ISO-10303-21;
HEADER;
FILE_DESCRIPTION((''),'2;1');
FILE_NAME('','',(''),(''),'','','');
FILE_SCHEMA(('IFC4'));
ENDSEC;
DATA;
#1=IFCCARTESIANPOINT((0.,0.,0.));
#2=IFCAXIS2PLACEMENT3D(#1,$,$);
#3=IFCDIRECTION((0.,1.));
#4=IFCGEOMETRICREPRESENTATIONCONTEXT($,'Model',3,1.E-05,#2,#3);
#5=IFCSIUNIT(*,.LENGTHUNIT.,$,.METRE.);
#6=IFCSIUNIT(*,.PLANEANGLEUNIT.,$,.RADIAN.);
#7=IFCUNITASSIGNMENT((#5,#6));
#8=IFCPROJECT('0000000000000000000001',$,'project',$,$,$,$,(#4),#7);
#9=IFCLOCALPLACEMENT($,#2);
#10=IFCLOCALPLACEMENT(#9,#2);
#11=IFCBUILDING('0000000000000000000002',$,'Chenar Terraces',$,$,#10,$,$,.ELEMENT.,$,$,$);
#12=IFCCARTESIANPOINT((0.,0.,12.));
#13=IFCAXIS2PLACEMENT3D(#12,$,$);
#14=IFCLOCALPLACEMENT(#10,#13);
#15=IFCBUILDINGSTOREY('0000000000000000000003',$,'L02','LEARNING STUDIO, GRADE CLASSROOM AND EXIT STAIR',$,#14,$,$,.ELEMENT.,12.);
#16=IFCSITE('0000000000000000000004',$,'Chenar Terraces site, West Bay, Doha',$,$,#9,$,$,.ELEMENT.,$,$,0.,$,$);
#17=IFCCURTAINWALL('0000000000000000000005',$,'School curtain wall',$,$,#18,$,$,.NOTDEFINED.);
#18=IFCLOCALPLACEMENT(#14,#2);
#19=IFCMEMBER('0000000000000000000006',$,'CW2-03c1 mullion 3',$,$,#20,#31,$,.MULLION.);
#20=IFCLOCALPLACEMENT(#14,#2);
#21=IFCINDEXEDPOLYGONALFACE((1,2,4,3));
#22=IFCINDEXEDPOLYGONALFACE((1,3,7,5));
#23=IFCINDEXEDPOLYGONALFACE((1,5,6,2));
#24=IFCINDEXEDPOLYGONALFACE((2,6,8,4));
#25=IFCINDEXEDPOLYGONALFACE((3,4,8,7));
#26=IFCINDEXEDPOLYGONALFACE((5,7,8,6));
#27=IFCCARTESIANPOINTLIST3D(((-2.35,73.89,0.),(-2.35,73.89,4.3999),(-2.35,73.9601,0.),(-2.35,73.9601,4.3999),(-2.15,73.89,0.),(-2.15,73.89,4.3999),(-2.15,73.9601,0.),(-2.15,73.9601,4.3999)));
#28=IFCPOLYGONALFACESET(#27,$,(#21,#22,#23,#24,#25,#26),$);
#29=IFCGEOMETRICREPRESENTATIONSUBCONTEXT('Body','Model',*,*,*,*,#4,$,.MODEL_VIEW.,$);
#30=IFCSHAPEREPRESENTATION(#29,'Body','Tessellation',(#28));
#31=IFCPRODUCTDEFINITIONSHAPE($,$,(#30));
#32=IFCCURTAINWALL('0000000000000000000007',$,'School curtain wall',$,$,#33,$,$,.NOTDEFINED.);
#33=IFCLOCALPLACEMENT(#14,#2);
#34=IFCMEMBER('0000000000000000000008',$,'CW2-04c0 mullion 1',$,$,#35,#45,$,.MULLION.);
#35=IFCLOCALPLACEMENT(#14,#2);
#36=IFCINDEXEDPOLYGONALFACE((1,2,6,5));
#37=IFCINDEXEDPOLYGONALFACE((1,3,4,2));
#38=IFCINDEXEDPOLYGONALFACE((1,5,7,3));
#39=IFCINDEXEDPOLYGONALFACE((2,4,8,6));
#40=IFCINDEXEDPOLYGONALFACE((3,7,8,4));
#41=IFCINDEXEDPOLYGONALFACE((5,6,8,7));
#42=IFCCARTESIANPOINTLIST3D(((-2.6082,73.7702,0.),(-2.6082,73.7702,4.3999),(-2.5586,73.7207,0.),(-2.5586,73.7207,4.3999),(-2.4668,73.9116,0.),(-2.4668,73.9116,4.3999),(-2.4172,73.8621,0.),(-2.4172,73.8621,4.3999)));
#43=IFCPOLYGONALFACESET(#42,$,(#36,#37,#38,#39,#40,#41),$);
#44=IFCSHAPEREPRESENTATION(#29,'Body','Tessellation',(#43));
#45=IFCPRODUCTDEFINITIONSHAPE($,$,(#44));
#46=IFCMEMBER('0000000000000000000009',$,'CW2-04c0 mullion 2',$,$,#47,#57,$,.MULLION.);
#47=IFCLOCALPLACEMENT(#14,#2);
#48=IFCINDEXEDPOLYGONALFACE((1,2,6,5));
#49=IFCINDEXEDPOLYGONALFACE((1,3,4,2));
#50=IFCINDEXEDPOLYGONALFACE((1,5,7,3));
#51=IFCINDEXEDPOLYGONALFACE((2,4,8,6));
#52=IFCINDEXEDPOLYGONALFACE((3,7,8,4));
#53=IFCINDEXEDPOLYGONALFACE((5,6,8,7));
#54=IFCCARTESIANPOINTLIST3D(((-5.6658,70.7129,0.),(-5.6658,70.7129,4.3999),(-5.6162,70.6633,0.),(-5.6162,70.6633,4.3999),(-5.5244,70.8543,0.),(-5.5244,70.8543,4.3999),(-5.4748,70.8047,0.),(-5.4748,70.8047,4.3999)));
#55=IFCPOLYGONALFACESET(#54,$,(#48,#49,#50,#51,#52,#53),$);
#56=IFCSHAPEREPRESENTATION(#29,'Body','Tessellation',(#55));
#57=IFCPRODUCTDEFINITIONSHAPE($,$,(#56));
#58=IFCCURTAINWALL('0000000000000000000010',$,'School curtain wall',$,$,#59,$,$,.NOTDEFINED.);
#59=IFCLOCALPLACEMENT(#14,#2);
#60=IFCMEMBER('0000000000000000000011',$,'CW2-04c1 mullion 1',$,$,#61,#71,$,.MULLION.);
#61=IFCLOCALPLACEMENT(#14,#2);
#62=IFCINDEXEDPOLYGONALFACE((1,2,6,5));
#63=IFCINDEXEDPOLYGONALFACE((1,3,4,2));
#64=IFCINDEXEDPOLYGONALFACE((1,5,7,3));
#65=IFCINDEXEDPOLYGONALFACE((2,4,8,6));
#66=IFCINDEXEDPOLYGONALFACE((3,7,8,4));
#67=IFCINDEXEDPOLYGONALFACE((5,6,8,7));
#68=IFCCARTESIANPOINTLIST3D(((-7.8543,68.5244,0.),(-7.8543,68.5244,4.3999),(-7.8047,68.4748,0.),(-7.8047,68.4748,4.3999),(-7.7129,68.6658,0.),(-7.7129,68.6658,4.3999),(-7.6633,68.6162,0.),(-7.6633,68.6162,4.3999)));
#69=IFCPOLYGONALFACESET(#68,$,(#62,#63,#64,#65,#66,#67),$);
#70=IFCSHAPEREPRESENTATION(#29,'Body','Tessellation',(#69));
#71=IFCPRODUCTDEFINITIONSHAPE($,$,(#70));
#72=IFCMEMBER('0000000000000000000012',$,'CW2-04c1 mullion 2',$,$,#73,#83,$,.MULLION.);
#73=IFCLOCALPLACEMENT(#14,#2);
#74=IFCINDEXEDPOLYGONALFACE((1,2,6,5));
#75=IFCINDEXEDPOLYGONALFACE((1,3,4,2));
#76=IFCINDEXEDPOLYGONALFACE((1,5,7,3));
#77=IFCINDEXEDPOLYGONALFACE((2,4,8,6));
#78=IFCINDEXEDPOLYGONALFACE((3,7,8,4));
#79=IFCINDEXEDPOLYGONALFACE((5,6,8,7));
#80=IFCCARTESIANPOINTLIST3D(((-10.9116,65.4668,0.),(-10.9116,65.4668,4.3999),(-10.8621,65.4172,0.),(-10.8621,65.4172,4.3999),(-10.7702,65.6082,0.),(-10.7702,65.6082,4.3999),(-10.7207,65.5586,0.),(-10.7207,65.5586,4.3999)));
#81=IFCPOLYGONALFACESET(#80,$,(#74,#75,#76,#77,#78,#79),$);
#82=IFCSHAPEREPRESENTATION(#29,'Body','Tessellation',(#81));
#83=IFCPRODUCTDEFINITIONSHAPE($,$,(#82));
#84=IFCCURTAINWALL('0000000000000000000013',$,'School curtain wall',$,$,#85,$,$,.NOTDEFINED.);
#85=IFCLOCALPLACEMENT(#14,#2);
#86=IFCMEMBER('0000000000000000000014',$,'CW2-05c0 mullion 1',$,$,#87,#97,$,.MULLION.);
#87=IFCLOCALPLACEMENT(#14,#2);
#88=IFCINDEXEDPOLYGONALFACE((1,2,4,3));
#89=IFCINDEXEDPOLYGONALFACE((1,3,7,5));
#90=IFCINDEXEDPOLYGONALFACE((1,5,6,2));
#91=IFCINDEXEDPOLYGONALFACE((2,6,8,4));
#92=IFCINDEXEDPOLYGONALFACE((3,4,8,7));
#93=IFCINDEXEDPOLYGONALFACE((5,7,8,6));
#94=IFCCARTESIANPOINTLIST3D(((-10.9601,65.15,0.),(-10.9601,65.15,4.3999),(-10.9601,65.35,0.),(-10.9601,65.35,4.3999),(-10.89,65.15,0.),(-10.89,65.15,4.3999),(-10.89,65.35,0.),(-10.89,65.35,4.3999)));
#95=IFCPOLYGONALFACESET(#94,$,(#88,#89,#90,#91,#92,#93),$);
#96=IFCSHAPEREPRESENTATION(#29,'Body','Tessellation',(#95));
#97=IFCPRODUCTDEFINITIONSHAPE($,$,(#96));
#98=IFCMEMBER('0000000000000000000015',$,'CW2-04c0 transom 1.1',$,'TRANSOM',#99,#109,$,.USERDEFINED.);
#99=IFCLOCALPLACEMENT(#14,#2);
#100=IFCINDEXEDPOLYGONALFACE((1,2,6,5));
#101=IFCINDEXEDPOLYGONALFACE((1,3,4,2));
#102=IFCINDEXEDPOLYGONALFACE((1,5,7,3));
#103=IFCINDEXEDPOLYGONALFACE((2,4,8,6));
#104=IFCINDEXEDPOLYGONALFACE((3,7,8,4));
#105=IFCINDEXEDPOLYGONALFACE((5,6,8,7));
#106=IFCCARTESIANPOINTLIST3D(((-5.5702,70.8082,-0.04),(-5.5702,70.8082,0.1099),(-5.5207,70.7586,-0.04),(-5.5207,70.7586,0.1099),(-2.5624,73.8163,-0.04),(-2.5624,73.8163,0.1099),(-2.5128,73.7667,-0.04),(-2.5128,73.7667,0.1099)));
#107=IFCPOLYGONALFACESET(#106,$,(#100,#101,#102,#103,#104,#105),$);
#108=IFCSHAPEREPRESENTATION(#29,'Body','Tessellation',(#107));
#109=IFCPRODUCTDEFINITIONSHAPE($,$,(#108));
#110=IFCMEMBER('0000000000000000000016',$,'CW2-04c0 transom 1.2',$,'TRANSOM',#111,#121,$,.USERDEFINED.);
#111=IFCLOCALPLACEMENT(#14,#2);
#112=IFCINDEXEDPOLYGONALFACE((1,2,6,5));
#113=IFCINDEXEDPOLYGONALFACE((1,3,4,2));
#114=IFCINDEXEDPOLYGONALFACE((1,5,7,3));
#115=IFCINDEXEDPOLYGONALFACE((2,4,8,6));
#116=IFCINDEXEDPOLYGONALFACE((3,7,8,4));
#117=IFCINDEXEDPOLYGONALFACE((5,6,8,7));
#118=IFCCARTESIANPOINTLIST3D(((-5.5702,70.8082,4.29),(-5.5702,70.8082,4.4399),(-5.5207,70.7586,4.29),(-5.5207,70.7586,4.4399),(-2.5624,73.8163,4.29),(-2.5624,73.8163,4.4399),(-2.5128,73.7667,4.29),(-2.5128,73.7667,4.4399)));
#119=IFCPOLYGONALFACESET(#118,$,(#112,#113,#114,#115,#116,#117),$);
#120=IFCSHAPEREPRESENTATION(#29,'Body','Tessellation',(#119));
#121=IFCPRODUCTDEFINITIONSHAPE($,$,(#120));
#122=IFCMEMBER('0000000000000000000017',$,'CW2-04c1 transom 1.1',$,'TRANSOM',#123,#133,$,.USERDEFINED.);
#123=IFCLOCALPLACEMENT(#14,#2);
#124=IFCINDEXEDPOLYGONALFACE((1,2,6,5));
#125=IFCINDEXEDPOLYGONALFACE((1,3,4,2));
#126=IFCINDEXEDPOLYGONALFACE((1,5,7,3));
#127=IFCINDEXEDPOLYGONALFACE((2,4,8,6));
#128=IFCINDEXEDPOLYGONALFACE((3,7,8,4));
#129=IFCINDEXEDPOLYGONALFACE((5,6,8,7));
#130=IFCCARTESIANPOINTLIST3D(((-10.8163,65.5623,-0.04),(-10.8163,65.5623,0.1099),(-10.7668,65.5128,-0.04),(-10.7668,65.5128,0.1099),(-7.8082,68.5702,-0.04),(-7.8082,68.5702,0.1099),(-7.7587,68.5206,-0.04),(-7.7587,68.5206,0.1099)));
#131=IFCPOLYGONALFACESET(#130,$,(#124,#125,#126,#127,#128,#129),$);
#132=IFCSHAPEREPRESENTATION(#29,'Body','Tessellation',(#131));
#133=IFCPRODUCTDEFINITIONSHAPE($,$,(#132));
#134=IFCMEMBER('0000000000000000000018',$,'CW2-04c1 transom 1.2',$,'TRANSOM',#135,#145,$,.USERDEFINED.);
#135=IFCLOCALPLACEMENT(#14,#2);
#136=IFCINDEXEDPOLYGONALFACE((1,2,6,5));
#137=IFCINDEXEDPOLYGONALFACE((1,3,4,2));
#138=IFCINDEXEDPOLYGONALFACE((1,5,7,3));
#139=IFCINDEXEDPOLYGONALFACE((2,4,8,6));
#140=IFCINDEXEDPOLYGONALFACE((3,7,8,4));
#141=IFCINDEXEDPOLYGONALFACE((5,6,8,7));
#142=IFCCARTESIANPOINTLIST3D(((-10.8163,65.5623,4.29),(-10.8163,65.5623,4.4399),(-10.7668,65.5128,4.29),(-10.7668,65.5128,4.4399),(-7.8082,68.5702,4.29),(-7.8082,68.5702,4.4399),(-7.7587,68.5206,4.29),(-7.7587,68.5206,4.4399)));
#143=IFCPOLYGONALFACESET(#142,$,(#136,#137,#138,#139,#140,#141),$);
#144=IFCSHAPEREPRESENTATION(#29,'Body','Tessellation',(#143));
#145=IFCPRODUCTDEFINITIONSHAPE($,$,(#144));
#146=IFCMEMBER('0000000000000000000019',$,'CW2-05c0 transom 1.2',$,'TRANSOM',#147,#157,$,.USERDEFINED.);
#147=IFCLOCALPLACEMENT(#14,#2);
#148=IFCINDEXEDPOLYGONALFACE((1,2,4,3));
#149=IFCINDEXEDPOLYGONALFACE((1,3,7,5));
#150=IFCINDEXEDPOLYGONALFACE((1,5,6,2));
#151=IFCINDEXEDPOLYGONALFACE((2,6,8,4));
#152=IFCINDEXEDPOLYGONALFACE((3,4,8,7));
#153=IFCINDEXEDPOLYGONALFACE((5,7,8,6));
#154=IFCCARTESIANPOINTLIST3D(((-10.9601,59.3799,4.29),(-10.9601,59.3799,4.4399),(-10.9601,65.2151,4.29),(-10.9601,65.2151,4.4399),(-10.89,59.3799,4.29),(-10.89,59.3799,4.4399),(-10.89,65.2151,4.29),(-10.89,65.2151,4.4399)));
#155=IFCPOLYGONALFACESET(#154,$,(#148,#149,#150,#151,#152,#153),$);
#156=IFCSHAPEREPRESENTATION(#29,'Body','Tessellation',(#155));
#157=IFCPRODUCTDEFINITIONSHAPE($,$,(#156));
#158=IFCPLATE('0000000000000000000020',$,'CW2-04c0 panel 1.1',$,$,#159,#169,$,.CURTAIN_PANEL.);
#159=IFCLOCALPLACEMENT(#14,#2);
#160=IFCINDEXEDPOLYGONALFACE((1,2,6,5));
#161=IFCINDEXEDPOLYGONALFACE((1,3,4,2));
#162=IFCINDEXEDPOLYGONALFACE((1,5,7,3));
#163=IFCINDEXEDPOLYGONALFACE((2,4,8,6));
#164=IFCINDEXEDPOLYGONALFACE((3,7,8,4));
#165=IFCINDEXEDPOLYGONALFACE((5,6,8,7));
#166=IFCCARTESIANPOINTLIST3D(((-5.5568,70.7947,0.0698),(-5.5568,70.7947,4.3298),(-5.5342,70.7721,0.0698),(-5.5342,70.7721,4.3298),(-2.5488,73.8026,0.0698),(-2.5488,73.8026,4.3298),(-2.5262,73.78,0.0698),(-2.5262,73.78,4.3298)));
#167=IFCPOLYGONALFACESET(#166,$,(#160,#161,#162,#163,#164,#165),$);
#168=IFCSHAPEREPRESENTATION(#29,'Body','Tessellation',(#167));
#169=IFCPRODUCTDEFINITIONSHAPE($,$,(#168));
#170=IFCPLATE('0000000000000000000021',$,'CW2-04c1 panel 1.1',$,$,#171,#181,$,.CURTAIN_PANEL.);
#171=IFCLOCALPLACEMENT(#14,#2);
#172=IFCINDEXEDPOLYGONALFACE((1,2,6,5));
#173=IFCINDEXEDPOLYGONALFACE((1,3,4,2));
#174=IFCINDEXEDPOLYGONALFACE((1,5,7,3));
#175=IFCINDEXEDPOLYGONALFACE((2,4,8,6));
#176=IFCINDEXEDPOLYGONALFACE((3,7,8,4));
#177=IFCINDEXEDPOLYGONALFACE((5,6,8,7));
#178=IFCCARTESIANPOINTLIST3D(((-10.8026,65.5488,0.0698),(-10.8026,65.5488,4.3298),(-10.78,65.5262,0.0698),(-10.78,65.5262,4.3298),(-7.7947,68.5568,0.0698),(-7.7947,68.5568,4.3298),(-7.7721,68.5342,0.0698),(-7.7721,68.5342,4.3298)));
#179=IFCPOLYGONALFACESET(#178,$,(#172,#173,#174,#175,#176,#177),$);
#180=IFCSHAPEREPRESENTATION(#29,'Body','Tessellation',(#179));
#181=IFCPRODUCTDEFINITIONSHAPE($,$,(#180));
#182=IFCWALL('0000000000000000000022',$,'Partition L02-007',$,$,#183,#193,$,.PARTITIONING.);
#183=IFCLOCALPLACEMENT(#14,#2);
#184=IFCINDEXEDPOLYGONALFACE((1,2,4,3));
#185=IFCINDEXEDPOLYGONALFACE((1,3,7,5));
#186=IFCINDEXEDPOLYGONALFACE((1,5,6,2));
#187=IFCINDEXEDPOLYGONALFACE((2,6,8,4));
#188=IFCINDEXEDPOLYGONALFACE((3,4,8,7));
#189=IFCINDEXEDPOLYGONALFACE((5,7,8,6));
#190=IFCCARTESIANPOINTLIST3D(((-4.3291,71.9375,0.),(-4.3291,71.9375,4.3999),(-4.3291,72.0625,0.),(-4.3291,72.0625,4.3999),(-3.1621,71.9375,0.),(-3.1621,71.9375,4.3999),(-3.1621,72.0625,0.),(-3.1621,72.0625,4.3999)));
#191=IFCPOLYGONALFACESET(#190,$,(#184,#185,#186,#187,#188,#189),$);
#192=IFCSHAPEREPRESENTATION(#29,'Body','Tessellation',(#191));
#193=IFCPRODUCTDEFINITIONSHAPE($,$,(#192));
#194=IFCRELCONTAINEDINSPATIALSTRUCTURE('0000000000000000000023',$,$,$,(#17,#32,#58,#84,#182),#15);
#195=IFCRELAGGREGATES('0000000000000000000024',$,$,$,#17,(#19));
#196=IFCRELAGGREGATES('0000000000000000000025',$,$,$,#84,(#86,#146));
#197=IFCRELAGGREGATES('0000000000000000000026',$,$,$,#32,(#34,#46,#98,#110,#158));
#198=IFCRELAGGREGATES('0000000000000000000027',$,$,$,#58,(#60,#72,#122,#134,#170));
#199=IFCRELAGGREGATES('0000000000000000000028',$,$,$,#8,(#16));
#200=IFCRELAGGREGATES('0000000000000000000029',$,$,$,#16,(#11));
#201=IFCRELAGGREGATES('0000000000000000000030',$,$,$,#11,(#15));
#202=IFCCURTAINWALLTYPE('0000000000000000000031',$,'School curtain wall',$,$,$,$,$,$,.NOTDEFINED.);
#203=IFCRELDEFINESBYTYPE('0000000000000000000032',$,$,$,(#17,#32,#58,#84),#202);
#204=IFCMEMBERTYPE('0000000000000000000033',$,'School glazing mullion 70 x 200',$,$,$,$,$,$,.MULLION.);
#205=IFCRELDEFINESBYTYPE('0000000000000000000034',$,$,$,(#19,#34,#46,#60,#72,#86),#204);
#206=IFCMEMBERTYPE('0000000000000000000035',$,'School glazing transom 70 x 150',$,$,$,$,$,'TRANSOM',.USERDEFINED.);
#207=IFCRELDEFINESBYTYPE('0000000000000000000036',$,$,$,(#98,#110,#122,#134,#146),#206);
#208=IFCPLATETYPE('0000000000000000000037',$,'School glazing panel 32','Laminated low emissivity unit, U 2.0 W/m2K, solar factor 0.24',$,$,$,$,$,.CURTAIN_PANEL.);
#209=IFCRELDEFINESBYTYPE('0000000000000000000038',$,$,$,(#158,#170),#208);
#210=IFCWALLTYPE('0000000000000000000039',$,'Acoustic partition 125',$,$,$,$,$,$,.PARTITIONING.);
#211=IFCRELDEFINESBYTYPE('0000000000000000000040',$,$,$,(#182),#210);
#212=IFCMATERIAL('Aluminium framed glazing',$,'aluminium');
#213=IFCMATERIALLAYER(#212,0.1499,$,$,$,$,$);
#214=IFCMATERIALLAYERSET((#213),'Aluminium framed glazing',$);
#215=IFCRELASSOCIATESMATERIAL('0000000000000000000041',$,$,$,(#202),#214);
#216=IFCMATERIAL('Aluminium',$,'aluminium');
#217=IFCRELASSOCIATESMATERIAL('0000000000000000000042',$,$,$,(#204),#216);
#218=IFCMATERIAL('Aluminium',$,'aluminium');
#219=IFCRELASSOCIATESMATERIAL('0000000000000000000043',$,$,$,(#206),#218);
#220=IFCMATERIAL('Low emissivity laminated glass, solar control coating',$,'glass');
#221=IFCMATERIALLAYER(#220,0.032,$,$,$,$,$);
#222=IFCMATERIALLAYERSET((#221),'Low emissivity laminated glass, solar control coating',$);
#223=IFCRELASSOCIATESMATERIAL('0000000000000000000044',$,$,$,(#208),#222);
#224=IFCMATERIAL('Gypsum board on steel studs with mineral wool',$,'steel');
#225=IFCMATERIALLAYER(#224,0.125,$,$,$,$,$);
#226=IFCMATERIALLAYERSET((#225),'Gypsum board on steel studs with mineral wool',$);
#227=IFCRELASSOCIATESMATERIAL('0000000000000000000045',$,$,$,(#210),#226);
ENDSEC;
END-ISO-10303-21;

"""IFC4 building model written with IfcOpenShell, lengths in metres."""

from ifc_helpers import new_model, si_unit, direction, frame, frame_2d, origin, origin_2d, place, context, subcontext, project, spatial, rectangle, extrude, material, layer, layer_set, material_profile, profile_set, type_object, element, aggregate, save


model = new_model("IFC4")

# Units and contexts
model_context = context("Model", 3, precision=1e-05, world=origin(), true_north=direction((0.0, 1.0)))
body_context = subcontext(model_context, "Body", "Model", "MODEL_VIEW")
ifc_project = project(units=[si_unit("LENGTHUNIT", "METRE"), si_unit("PLANEANGLEUNIT", "RADIAN")], contexts=[model_context])

# Site, building, storey
site_placement = place(None, origin())
site = spatial("IfcSite", under=ifc_project, at=site_placement, Name="Chenar Terraces site, West Bay, Doha", CompositionType="ELEMENT", RefElevation=0.0)
building_placement = place(site_placement, origin())
building = spatial("IfcBuilding", under=site, at=building_placement, Name="Chenar Terraces", CompositionType="ELEMENT")
storey_placement = place(building_placement, frame((0.0, 0.0, 12.0)))
storey = spatial("IfcBuildingStorey", under=building, at=storey_placement, Name="L02", Description="LEARNING STUDIO, GRADE CLASSROOM AND EXIT STAIR", CompositionType="ELEMENT", Elevation=12.0)

# Curtain wall, member
ifc_material_1 = material(Name="Aluminium framed glazing", Category="aluminium")
ifc_layer_1 = layer(ifc_material_1, 0.1499)
ifc_layer_set_1 = layer_set([ifc_layer_1], Name="Aluminium framed glazing")
curtain_wall_type = type_object("IfcCurtainWallType", Name="School curtain wall", PredefinedType="NOTDEFINED", material=ifc_layer_set_1)
placement = place(storey_placement, origin())
curtain_wall_1 = element("IfcCurtainWall", 1, at=placement, inside=storey, type_object=curtain_wall_type, Name="School curtain wall", PredefinedType="NOTDEFINED")
ifc_material_2 = material(Name="Aluminium", Category="aluminium")
ifc_material_profile_1 = material_profile(ifc_material_2, rectangle(XDim=0.0701, YDim=0.2, at=origin_2d()), Name="School glazing mullion 70 x 200")
ifc_profile_set_1 = profile_set([ifc_material_profile_1], Name="Aluminium")
member_type_1 = type_object("IfcMemberType", Name="School glazing mullion 70 x 200", PredefinedType="MULLION", material=ifc_profile_set_1)
member_1_placement = place(storey_placement, frame((-2.25, 73.925, 0.0), z_axis=(0.0, 0.0, 1.0), x_axis=(0.0, -1.0, 0.0)))
member_1 = element("IfcMember", 2, at=member_1_placement, type_object=member_type_1, Name="CW2-03c1 mullion 3", PredefinedType="MULLION", context=body_context, shape_type="SweptSolid", body=[
    extrude(rectangle(XDim=0.0701, YDim=0.2, at=origin_2d()), origin(), (0.0, 0.0, 1.0), 4.3999),
])
aggregate(curtain_wall_1, [member_1])

# Curtain walls, members
curtain_wall_2 = element("IfcCurtainWall", 3, at=placement, inside=storey, type_object=curtain_wall_type, Name="School curtain wall", PredefinedType="NOTDEFINED")
member_2_placement = place(storey_placement, frame((-2.5127, 73.8162, 0.0), z_axis=(0.0, 0.0, 1.0), x_axis=(0.707107, -0.707107, 0.0)))
member_2 = element("IfcMember", 4, at=member_2_placement, type_object=member_type_1, Name="CW2-04c0 mullion 1", PredefinedType="MULLION", context=body_context, shape_type="SweptSolid", body=[
    extrude(rectangle(XDim=0.0701, YDim=0.2, at=origin_2d()), origin(), (0.0, 0.0, 1.0), 4.3999),
])
member_3_placement = place(storey_placement, frame((-5.5703, 70.7588, 0.0), z_axis=(0.0, 0.0, 1.0), x_axis=(0.707107, -0.707107, 0.0)))
member_3 = element("IfcMember", 5, at=member_3_placement, type_object=member_type_1, Name="CW2-04c0 mullion 2", PredefinedType="MULLION", context=body_context, shape_type="SweptSolid", body=[
    extrude(rectangle(XDim=0.0701, YDim=0.2, at=origin_2d()), origin(), (0.0, 0.0, 1.0), 4.3999),
])
curtain_wall_3 = element("IfcCurtainWall", 6, at=placement, inside=storey, type_object=curtain_wall_type, Name="School curtain wall", PredefinedType="NOTDEFINED")
member_4_placement = place(storey_placement, frame((-7.7588, 68.5703, 0.0), z_axis=(0.0, 0.0, 1.0), x_axis=(0.707107, -0.707107, 0.0)))
member_4 = element("IfcMember", 7, at=member_4_placement, type_object=member_type_1, Name="CW2-04c1 mullion 1", PredefinedType="MULLION", context=body_context, shape_type="SweptSolid", body=[
    extrude(rectangle(XDim=0.0701, YDim=0.2, at=origin_2d()), origin(), (0.0, 0.0, 1.0), 4.3999),
])
member_5_placement = place(storey_placement, frame((-10.8162, 65.5127, 0.0), z_axis=(0.0, 0.0, 1.0), x_axis=(0.707107, -0.707107, 0.0)))
member_5 = element("IfcMember", 8, at=member_5_placement, type_object=member_type_1, Name="CW2-04c1 mullion 2", PredefinedType="MULLION", context=body_context, shape_type="SweptSolid", body=[
    extrude(rectangle(XDim=0.0701, YDim=0.2, at=origin_2d()), origin(), (0.0, 0.0, 1.0), 4.3999),
])

# Curtain wall, member
curtain_wall_4 = element("IfcCurtainWall", 9, at=placement, inside=storey, type_object=curtain_wall_type, Name="School curtain wall", PredefinedType="NOTDEFINED")
member_6_placement = place(storey_placement, frame((-10.925, 65.25, 0.0), z_axis=(0.0, 0.0, 1.0), x_axis=(1.0, 0.0, 0.0)))
member_6 = element("IfcMember", 10, at=member_6_placement, type_object=member_type_1, Name="CW2-05c0 mullion 1", PredefinedType="MULLION", context=body_context, shape_type="SweptSolid", body=[
    extrude(rectangle(XDim=0.0701, YDim=0.2, at=origin_2d()), origin(), (0.0, 0.0, 1.0), 4.3999),
])

# Members
ifc_material_3 = material(Name="Aluminium", Category="aluminium")
ifc_material_profile_2 = material_profile(ifc_material_3, rectangle(XDim=0.0701, YDim=0.1499, at=origin_2d()), Name="School glazing transom 70 x 150")
ifc_profile_set_2 = profile_set([ifc_material_profile_2], Name="Aluminium")
member_type_2 = type_object("IfcMemberType", Name="School glazing transom 70 x 150", ElementType="TRANSOM", PredefinedType="USERDEFINED", material=ifc_profile_set_2)
member_7_placement = place(storey_placement, frame((-2.5376, 73.7915, 0.0349), z_axis=(-0.707078, -0.707135, 0.0), x_axis=(0.707135, -0.707078, 0.0)))
member_7 = element("IfcMember", 11, at=member_7_placement, type_object=member_type_2, Name="CW2-04c0 transom 1.1", ObjectType="TRANSOM", PredefinedType="USERDEFINED", context=body_context, shape_type="SweptSolid", body=[
    extrude(rectangle(XDim=0.0701, YDim=0.1499, at=origin_2d()), origin(), (0.0, 0.0, 1.0), 4.2539),
])
member_8_placement = place(storey_placement, frame((-2.5376, 73.7915, 4.365), z_axis=(-0.707078, -0.707135, 0.0), x_axis=(0.707135, -0.707078, 0.0)))
member_8 = element("IfcMember", 12, at=member_8_placement, type_object=member_type_2, Name="CW2-04c0 transom 1.2", ObjectType="TRANSOM", PredefinedType="USERDEFINED", context=body_context, shape_type="SweptSolid", body=[
    extrude(rectangle(XDim=0.0701, YDim=0.1499, at=origin_2d()), origin(), (0.0, 0.0, 1.0), 4.2539),
])
member_9_placement = place(storey_placement, frame((-7.7834, 68.5454, 0.0349), z_axis=(-0.707135, -0.707078, 0.0), x_axis=(0.707078, -0.707135, 0.0)))
member_9 = element("IfcMember", 13, at=member_9_placement, type_object=member_type_2, Name="CW2-04c1 transom 1.1", ObjectType="TRANSOM", PredefinedType="USERDEFINED", context=body_context, shape_type="SweptSolid", body=[
    extrude(rectangle(XDim=0.0701, YDim=0.1499, at=origin_2d()), origin(), (0.0, 0.0, 1.0), 4.2539),
])
member_10_placement = place(storey_placement, frame((-7.7834, 68.5454, 4.365), z_axis=(-0.707135, -0.707078, 0.0), x_axis=(0.707078, -0.707135, 0.0)))
member_10 = element("IfcMember", 14, at=member_10_placement, type_object=member_type_2, Name="CW2-04c1 transom 1.2", ObjectType="TRANSOM", PredefinedType="USERDEFINED", context=body_context, shape_type="SweptSolid", body=[
    extrude(rectangle(XDim=0.0701, YDim=0.1499, at=origin_2d()), origin(), (0.0, 0.0, 1.0), 4.2539),
])
member_11_placement = place(storey_placement, frame((-10.925, 65.2151, 4.365), z_axis=(0.0, -1.0, 0.0), x_axis=(1.0, 0.0, 0.0)))
member_11 = element("IfcMember", 15, at=member_11_placement, type_object=member_type_2, Name="CW2-05c0 transom 1.2", ObjectType="TRANSOM", PredefinedType="USERDEFINED", context=body_context, shape_type="SweptSolid", body=[
    extrude(rectangle(XDim=0.0701, YDim=0.1499, at=origin_2d()), origin(), (0.0, 0.0, 1.0), 5.8352),
])
aggregate(curtain_wall_4, [member_6, member_11])

# Plates
ifc_material_4 = material(Name="Low emissivity laminated glass, solar control coating", Category="glass")
ifc_layer_2 = layer(ifc_material_4, 0.032)
ifc_layer_set_2 = layer_set([ifc_layer_2], Name="Low emissivity laminated glass, solar control coating")
plate_type = type_object("IfcPlateType", Name="School glazing panel 32", Description="Laminated low emissivity unit, U 2.0 W/m2K, solar factor 0.24", PredefinedType="CURTAIN_PANEL", material=ifc_layer_set_2)
plate_1_placement = place(storey_placement, frame((-4.0415, 72.2874, 0.0698), z_axis=(0.0, 0.0, 1.0), x_axis=(-0.707107, -0.707107, 0.0)))
plate_1 = element("IfcPlate", 16, at=plate_1_placement, type_object=plate_type, Name="CW2-04c0 panel 1.1", PredefinedType="CURTAIN_PANEL", context=body_context, shape_type="SweptSolid", body=[
    extrude(rectangle(XDim=4.2539, YDim=0.032, at=origin_2d()), origin(), (0.0, 0.0, 1.0), 4.26),
])
aggregate(curtain_wall_2, [member_2, member_3, member_7, member_8, plate_1])
plate_2_placement = place(storey_placement, frame((-9.2874, 67.0415, 0.0698), z_axis=(0.0, 0.0, 1.0), x_axis=(-0.707107, -0.707107, 0.0)))
plate_2 = element("IfcPlate", 17, at=plate_2_placement, type_object=plate_type, Name="CW2-04c1 panel 1.1", PredefinedType="CURTAIN_PANEL", context=body_context, shape_type="SweptSolid", body=[
    extrude(rectangle(XDim=4.2539, YDim=0.032, at=origin_2d()), origin(), (0.0, 0.0, 1.0), 4.26),
])
aggregate(curtain_wall_3, [member_4, member_5, member_9, member_10, plate_2])

# Wall
ifc_material_5 = material(Name="Gypsum board on steel studs with mineral wool", Category="steel")
ifc_layer_3 = layer(ifc_material_5, 0.125)
ifc_layer_set_3 = layer_set([ifc_layer_3], Name="Gypsum board on steel studs with mineral wool")
wall_type_1 = type_object("IfcWallType", Name="Acoustic partition 125", PredefinedType="PARTITIONING", material=ifc_layer_set_3)
wall_1_placement = place(storey_placement, frame((-4.3291, 72.0, 0.0), z_axis=(0.0, 0.0, 1.0), x_axis=(1.0, 0.0, 0.0)))
element("IfcWall", 18, at=wall_1_placement, inside=storey, type_object=wall_type_1, Name="Partition L02-007", PredefinedType="PARTITIONING", context=body_context, shape_type="SweptSolid", body=[
    extrude(rectangle(XDim=1.167, YDim=0.125, at=frame_2d((0.5835, 0.0))), origin(), (0.0, 0.0, 1.0), 4.3999),
])

save(model, "model.ifc")
